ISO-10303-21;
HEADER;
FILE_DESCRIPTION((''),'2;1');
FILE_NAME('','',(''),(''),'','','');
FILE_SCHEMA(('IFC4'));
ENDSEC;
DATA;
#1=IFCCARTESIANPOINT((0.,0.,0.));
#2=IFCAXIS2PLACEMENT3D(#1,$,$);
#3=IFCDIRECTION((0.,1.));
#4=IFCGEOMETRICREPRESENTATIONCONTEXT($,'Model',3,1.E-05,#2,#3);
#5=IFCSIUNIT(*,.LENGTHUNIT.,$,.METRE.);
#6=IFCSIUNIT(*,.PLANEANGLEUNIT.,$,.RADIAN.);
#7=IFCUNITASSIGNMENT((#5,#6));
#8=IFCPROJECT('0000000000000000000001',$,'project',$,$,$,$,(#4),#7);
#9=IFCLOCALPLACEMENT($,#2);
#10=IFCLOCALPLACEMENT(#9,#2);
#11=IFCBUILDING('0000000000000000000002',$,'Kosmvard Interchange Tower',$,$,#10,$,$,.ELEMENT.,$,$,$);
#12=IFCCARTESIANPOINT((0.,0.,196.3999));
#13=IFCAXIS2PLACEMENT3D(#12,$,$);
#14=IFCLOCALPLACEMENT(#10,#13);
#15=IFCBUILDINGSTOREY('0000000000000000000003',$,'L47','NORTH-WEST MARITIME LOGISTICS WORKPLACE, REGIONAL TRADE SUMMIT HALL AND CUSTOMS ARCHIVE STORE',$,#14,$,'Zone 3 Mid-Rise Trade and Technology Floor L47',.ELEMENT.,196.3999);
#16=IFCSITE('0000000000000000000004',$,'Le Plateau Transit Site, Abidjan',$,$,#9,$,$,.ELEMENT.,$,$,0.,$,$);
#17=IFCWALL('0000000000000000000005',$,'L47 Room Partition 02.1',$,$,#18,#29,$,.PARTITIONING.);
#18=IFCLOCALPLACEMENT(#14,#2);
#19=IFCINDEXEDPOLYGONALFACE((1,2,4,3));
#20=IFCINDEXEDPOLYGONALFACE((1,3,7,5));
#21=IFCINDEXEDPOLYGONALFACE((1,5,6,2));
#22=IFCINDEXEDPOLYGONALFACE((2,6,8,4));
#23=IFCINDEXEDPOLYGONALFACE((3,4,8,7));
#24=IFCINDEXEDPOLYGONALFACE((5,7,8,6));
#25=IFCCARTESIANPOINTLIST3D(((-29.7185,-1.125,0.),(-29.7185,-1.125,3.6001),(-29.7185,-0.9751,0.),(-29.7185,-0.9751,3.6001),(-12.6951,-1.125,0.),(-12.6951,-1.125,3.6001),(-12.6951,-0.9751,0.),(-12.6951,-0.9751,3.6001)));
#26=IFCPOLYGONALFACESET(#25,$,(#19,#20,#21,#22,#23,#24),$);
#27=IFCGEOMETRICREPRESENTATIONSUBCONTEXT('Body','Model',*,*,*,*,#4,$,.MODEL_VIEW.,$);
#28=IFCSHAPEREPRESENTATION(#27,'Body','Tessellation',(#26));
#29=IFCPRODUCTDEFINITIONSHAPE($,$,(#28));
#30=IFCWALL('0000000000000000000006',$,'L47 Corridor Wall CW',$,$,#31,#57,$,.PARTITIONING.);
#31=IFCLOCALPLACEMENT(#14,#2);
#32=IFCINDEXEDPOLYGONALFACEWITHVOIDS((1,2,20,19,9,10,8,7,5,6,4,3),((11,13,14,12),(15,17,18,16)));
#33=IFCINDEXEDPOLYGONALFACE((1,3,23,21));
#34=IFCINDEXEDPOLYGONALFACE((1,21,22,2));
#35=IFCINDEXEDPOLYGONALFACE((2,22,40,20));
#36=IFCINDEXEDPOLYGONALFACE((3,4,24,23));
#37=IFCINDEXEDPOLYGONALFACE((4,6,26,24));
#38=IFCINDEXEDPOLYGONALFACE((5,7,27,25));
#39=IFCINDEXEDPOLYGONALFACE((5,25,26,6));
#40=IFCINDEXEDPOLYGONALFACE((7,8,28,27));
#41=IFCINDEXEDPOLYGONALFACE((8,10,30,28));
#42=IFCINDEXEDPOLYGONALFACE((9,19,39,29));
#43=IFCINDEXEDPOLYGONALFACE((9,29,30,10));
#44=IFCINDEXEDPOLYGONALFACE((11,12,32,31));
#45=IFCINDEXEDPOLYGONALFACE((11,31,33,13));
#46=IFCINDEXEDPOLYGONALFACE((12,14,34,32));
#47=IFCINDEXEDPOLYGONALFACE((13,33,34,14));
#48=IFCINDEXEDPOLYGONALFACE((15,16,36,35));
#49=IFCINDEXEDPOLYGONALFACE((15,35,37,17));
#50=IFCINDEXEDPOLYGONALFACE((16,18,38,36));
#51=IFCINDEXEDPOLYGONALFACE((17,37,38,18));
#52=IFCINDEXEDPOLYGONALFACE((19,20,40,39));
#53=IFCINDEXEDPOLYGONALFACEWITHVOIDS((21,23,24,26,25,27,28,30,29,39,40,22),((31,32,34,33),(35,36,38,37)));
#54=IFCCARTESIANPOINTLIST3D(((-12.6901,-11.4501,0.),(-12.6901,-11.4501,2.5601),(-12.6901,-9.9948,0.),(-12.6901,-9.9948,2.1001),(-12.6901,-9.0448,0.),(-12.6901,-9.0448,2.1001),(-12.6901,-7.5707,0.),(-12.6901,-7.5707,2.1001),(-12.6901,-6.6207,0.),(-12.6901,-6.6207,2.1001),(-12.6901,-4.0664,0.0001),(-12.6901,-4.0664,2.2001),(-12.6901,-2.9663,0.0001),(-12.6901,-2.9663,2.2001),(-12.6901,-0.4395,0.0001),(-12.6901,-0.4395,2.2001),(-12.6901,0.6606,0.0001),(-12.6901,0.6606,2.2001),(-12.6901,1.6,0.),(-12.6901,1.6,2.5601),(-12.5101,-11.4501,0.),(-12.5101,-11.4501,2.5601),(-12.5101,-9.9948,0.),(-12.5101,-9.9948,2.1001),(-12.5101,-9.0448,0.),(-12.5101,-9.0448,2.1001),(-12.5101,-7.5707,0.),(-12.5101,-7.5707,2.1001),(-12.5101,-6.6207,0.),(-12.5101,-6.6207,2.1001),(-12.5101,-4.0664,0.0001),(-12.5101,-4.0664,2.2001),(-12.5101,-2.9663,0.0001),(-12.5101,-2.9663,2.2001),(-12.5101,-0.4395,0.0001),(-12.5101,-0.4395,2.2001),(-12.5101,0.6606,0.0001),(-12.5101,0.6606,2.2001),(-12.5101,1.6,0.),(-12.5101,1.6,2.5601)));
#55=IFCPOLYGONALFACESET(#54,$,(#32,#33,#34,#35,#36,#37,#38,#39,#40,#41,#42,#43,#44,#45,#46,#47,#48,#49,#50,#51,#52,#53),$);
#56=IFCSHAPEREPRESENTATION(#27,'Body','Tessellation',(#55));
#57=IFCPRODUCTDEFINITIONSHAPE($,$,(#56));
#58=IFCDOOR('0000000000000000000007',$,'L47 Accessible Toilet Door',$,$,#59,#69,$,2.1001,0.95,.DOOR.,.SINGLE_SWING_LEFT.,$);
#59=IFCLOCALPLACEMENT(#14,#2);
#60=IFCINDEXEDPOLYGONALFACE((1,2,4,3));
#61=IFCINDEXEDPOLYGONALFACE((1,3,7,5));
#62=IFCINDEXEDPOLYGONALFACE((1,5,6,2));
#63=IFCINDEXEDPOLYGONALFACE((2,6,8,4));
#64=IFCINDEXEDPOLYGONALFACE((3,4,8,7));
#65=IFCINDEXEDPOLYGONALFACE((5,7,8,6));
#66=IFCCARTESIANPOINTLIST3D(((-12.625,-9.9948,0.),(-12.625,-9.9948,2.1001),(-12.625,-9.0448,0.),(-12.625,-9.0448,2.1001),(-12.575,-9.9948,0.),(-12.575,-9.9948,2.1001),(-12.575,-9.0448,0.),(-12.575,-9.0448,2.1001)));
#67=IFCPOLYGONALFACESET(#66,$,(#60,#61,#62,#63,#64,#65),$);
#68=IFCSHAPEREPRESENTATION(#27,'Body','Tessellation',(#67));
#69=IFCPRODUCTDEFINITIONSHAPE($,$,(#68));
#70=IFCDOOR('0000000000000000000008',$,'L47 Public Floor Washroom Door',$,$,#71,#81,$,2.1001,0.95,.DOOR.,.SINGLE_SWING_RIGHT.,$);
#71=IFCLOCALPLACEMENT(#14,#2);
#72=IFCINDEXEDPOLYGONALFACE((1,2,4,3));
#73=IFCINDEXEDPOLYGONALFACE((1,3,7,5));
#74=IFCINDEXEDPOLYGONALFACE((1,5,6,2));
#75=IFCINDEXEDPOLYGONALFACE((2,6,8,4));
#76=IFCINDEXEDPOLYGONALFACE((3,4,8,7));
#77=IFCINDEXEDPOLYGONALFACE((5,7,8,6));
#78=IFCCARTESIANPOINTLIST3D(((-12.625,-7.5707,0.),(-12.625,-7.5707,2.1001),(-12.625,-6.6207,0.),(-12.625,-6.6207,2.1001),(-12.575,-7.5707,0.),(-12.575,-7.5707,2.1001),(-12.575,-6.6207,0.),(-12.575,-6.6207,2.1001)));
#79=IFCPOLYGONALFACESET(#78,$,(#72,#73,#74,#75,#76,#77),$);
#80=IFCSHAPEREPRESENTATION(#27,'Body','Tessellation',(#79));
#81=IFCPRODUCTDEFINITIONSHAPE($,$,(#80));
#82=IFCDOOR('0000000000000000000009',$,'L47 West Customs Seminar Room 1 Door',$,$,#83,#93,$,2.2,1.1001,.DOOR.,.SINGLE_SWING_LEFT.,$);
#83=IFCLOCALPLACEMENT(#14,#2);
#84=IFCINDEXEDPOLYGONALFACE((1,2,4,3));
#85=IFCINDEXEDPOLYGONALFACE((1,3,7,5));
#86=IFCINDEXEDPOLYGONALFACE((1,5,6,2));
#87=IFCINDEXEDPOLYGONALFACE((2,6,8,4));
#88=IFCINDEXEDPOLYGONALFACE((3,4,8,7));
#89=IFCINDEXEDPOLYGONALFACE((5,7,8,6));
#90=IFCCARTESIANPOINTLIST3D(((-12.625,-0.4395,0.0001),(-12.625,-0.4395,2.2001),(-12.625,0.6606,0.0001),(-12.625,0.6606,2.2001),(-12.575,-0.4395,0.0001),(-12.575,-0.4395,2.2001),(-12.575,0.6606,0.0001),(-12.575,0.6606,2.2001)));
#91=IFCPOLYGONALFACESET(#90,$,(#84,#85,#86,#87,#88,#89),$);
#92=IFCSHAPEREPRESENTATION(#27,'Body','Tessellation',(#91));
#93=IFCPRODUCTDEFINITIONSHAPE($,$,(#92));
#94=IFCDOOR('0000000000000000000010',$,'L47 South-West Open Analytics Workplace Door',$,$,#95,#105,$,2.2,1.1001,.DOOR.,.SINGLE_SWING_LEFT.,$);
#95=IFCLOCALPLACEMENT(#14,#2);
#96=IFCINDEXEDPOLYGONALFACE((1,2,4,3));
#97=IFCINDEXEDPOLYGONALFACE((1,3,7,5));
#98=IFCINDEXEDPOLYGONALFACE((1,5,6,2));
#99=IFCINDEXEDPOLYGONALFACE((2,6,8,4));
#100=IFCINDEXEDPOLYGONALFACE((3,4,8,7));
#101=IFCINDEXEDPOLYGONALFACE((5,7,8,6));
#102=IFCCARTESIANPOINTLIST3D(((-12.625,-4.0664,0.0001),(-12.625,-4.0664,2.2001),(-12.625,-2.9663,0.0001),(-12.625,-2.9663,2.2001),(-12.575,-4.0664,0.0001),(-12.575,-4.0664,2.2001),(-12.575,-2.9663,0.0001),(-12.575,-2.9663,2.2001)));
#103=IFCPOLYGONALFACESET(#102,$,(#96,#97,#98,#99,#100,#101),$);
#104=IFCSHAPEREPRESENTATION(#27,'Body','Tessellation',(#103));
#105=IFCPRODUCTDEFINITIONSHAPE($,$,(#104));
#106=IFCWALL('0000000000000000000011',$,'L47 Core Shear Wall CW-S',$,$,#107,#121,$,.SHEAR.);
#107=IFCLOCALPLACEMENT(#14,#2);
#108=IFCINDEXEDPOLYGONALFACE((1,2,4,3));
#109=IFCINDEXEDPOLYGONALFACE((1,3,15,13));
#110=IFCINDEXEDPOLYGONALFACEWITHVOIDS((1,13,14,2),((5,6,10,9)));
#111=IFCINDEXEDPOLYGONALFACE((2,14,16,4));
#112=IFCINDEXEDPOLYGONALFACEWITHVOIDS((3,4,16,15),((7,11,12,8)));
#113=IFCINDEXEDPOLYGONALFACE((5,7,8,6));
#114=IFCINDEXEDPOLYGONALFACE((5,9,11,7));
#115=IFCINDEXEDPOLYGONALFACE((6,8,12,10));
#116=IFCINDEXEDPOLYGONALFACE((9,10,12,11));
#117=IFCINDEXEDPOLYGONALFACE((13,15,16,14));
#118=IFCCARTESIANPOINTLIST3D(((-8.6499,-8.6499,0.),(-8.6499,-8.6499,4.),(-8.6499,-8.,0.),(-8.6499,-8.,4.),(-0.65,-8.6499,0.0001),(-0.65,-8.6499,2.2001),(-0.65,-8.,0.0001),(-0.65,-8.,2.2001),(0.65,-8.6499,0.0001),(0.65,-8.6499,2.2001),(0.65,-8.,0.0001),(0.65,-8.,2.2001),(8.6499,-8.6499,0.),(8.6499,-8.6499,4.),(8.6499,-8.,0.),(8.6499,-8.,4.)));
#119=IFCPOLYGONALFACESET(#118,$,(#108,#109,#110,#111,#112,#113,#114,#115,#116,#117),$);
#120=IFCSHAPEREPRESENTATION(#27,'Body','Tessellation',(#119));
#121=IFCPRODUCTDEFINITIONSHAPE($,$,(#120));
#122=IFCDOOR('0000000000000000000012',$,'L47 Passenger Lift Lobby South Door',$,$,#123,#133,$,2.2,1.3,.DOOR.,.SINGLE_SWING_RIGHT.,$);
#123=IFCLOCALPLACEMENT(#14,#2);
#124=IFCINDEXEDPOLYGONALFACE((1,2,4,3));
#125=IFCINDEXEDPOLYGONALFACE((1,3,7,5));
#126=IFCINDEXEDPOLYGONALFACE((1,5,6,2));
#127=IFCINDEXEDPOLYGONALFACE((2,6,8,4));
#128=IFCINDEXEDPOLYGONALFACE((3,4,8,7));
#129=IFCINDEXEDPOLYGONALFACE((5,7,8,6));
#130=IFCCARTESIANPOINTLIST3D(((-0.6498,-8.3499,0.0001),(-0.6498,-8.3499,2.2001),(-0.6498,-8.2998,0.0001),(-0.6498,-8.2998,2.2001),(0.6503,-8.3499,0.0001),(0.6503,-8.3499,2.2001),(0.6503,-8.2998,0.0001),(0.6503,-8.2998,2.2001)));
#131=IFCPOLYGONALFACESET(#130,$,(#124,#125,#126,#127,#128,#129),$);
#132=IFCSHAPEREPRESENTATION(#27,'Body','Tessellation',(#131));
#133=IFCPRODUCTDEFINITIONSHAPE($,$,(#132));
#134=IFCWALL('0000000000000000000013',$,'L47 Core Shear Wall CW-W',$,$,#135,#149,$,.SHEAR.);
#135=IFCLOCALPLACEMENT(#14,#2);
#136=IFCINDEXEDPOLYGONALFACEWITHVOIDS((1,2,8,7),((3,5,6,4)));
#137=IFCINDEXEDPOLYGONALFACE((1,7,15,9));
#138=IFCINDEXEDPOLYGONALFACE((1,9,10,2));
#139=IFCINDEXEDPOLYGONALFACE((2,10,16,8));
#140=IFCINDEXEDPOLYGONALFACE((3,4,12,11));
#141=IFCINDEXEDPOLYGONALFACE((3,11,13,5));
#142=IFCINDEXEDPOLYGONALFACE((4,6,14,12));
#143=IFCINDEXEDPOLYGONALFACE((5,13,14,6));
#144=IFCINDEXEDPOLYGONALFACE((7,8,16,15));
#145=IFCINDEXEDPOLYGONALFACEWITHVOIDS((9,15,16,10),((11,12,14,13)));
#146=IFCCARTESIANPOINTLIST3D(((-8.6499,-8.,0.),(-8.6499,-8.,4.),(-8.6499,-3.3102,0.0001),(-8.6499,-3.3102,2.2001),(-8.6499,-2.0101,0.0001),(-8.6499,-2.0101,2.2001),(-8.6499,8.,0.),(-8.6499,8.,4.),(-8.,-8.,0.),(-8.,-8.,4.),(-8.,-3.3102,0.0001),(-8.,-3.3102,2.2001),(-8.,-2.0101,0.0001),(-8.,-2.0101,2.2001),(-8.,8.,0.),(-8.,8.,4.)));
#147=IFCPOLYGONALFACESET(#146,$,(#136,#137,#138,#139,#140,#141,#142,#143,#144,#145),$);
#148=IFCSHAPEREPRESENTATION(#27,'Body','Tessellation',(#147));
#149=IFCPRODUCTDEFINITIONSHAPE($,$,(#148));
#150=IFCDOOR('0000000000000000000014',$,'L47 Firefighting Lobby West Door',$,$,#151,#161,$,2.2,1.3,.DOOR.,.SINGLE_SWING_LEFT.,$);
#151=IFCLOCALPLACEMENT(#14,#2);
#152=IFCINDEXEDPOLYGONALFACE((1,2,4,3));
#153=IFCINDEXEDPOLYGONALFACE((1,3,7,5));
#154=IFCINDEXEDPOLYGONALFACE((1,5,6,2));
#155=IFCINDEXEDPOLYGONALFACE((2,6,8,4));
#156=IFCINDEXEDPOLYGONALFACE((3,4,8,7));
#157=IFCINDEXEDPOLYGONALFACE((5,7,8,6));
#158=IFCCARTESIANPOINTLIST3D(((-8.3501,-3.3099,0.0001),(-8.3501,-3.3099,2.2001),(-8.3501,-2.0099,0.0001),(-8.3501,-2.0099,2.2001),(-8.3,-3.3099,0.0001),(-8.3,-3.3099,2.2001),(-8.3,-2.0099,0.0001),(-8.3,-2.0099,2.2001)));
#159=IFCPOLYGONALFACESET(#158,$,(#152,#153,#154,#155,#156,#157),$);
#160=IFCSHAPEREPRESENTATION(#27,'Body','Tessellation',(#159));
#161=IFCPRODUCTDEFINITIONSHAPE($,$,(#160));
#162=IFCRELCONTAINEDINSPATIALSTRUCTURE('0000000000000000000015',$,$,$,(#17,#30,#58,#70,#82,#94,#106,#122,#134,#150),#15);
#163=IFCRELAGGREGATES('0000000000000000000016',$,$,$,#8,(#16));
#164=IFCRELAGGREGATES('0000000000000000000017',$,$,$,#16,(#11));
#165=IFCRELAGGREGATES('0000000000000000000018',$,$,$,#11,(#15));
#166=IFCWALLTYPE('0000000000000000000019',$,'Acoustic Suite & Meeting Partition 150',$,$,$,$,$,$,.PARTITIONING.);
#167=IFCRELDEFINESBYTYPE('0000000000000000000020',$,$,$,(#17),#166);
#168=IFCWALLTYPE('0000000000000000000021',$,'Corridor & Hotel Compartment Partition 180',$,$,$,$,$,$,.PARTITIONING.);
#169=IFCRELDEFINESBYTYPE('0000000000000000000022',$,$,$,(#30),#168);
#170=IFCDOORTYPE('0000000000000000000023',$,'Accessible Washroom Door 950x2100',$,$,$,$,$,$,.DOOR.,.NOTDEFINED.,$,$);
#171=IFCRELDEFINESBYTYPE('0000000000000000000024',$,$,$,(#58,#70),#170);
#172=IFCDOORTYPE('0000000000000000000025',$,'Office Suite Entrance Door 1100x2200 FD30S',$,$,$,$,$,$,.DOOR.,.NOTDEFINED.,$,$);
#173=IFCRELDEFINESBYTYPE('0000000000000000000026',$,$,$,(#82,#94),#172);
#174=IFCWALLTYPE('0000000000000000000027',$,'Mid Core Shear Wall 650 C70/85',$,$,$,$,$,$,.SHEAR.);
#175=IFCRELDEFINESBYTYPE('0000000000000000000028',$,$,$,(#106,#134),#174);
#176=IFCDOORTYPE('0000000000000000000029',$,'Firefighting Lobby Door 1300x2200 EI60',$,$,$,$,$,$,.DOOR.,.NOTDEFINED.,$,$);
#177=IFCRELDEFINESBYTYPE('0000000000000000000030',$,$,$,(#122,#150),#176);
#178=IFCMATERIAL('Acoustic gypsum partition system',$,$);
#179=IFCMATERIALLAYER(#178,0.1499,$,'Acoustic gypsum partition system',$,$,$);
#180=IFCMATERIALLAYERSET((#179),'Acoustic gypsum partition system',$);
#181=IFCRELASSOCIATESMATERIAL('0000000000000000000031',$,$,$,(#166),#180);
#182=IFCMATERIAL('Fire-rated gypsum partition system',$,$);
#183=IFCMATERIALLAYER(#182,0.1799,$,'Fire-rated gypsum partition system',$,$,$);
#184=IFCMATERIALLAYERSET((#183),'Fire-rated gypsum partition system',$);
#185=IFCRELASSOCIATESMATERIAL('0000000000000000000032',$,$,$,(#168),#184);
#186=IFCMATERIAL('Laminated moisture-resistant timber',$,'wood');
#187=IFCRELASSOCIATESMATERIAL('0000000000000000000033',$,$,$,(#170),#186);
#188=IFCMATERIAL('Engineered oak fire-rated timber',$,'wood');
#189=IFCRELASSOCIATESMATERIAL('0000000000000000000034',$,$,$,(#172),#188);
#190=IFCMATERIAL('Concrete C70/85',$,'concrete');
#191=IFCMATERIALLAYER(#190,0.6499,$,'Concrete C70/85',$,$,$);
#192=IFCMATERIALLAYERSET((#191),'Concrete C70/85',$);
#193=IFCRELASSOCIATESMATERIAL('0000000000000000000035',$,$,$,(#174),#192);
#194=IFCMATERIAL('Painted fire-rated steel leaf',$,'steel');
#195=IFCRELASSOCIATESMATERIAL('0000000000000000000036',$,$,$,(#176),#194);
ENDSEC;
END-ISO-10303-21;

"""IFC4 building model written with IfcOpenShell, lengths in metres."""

from ifc_helpers import new_model, si_unit, direction, frame, frame_2d, origin, place, context, subcontext, project, spatial, rectangle, extrude, source, transform, mapped, material, layer, layer_set, type_object, element, fill, save


model = new_model("IFC4")

# Units and contexts
model_context = context("Model", 3, precision=1e-05, world=origin(), true_north=direction((0.0, 1.0)))
body_context = subcontext(model_context, "Body", "Model", "MODEL_VIEW")
ifc_project = project(units=[si_unit("LENGTHUNIT", "METRE"), si_unit("PLANEANGLEUNIT", "RADIAN")], contexts=[model_context])

# Site, building, storey
site_placement = place(None, origin())
site = spatial("IfcSite", under=ifc_project, at=site_placement, Name="Le Plateau Transit Site, Abidjan", CompositionType="ELEMENT", RefElevation=0.0)
building_placement = place(site_placement, origin())
building = spatial("IfcBuilding", under=site, at=building_placement, Name="Kosmvard Interchange Tower", CompositionType="ELEMENT")
storey_placement = place(building_placement, frame((0.0, 0.0, 196.3999)))
storey = spatial("IfcBuildingStorey", under=building, at=storey_placement, Name="L47", Description="NORTH-WEST MARITIME LOGISTICS WORKPLACE, REGIONAL TRADE SUMMIT HALL AND CUSTOMS ARCHIVE STORE", LongName="Zone 3 Mid-Rise Trade and Technology Floor L47", CompositionType="ELEMENT", Elevation=196.3999)

# Wall
ifc_material_1 = material(Name="Acoustic gypsum partition system")
ifc_layer_1 = layer(ifc_material_1, 0.1499, Name="Acoustic gypsum partition system")
ifc_layer_set_1 = layer_set([ifc_layer_1], Name="Acoustic gypsum partition system")
wall_type_1 = type_object("IfcWallType", Name="Acoustic Suite & Meeting Partition 150", PredefinedType="PARTITIONING", material=ifc_layer_set_1)
wall_1_placement = place(storey_placement, frame((-29.7185, -1.05, 0.0), z_axis=(0.0, 0.0, 1.0), x_axis=(1.0, 0.0, 0.0)))
element("IfcWall", 1, at=wall_1_placement, inside=storey, type_object=wall_type_1, Name="L47 Room Partition 02.1", PredefinedType="PARTITIONING", context=body_context, shape_type="SweptSolid", body=[
    extrude(rectangle(XDim=17.0234, YDim=0.1499, at=frame_2d((8.5117, 0.0))), origin(), (0.0, 0.0, 1.0), 3.6001),
])

# Wall, openings, doors
ifc_material_2 = material(Name="Fire-rated gypsum partition system")
ifc_layer_2 = layer(ifc_material_2, 0.1799, Name="Fire-rated gypsum partition system")
ifc_layer_set_2 = layer_set([ifc_layer_2], Name="Fire-rated gypsum partition system")
wall_type_2 = type_object("IfcWallType", Name="Corridor & Hotel Compartment Partition 180", PredefinedType="PARTITIONING", material=ifc_layer_set_2)
wall_2_placement = place(storey_placement, frame((-12.6001, -11.45, 0.0), z_axis=(0.0, 0.0, 1.0), x_axis=(0.0, 1.0, 0.0)))
wall_2 = element("IfcWall", 2, at=wall_2_placement, inside=storey, type_object=wall_type_2, Name="L47 Corridor Wall CW", PredefinedType="PARTITIONING", context=body_context, shape_type="SweptSolid", body=[
    extrude(rectangle(XDim=13.05, YDim=0.1799, at=frame_2d((6.5249, 0.0))), origin(), (0.0, 0.0, 1.0), 2.5601),
])
opening_1_placement = place(wall_2_placement, frame((1.4551, 0.0, 0.0)))
opening_1 = element("IfcOpeningElement", 3, at=opening_1_placement, cuts=wall_2, PredefinedType="OPENING", context=body_context, shape_type="SweptSolid", body=[
    extrude(rectangle(XDim=0.95, YDim=2.1001, at=frame_2d((0.4751, 1.05))), frame((0.0, 0.1001, 0.0), z_axis=(0.0, -1.0, 0.0), x_axis=(1.0, 0.0, 0.0)), (0.0, 0.0, 1.0), 0.2),
])
opening_2_placement = place(wall_2_placement, frame((3.8792, 0.0, 0.0)))
opening_2 = element("IfcOpeningElement", 4, at=opening_2_placement, cuts=wall_2, PredefinedType="OPENING", context=body_context, shape_type="SweptSolid", body=[
    extrude(rectangle(XDim=0.95, YDim=2.1001, at=frame_2d((0.4751, 1.05))), frame((0.0, 0.1001, 0.0), z_axis=(0.0, -1.0, 0.0), x_axis=(1.0, 0.0, 0.0)), (0.0, 0.0, 1.0), 0.2),
])
opening_3_placement = place(wall_2_placement, frame((11.0105, 0.0, 0.0)))
opening_3 = element("IfcOpeningElement", 5, at=opening_3_placement, cuts=wall_2, PredefinedType="OPENING", context=body_context, shape_type="SweptSolid", body=[
    extrude(rectangle(XDim=1.1001, YDim=2.2, at=frame_2d((0.55, 1.1001))), frame((0.0, 0.1001, 0.0), z_axis=(0.0, -1.0, 0.0), x_axis=(1.0, 0.0, 0.0)), (0.0, 0.0, 1.0), 0.2),
])
opening_4_placement = place(wall_2_placement, frame((7.3835, 0.0, 0.0)))
opening_4 = element("IfcOpeningElement", 6, at=opening_4_placement, cuts=wall_2, PredefinedType="OPENING", context=body_context, shape_type="SweptSolid", body=[
    extrude(rectangle(XDim=1.1001, YDim=2.2, at=frame_2d((0.55, 1.1001))), frame((0.0, 0.1001, 0.0), z_axis=(0.0, -1.0, 0.0), x_axis=(1.0, 0.0, 0.0)), (0.0, 0.0, 1.0), 0.2),
])
ifc_material_3 = material(Name="Laminated moisture-resistant timber", Category="wood")
door_type_1 = type_object("IfcDoorType", Name="Accessible Washroom Door 950x2100", OperationType="NOTDEFINED", PredefinedType="DOOR", material=ifc_material_3)
shared_shape_1 = source(origin(), body_context, "Body", "SweptSolid", [
    extrude(rectangle(XDim=0.95, YDim=2.1001, at=frame_2d((0.4751, 1.05))), frame((0.0, 0.0249, 0.0), z_axis=(0.0, -1.0, 0.0), x_axis=(1.0, 0.0, 0.0)), (0.0, 0.0, 1.0), 0.05),
])
door_1_placement = place(opening_1_placement, origin())
door_1 = element("IfcDoor", 7, at=door_1_placement, inside=storey, type_object=door_type_1, Name="L47 Accessible Toilet Door", OperationType="SINGLE_SWING_LEFT", OverallHeight=2.1001, OverallWidth=0.95, PredefinedType="DOOR", context=body_context, shape_type="MappedRepresentation", body=[
    mapped(shared_shape_1, transform((0.0, 0.0, 0.0), scale=1.0)),
])
fill(opening_1, door_1)
door_2_placement = place(opening_2_placement, origin())
door_2 = element("IfcDoor", 8, at=door_2_placement, inside=storey, type_object=door_type_1, Name="L47 Public Floor Washroom Door", OperationType="SINGLE_SWING_RIGHT", OverallHeight=2.1001, OverallWidth=0.95, PredefinedType="DOOR", context=body_context, shape_type="MappedRepresentation", body=[
    mapped(shared_shape_1, transform((0.0, 0.0, 0.0), scale=1.0)),
])
fill(opening_2, door_2)
ifc_material_4 = material(Name="Engineered oak fire-rated timber", Category="wood")
door_type_2 = type_object("IfcDoorType", Name="Office Suite Entrance Door 1100x2200 FD30S", OperationType="NOTDEFINED", PredefinedType="DOOR", material=ifc_material_4)
shared_shape_2 = source(origin(), body_context, "Body", "SweptSolid", [
    extrude(rectangle(XDim=1.1001, YDim=2.2, at=frame_2d((0.55, 1.1001))), frame((0.0, 0.0249, 0.0), z_axis=(0.0, -1.0, 0.0), x_axis=(1.0, 0.0, 0.0)), (0.0, 0.0, 1.0), 0.05),
])
door_3_placement = place(opening_3_placement, origin())
door_3 = element("IfcDoor", 9, at=door_3_placement, inside=storey, type_object=door_type_2, Name="L47 West Customs Seminar Room 1 Door", OperationType="SINGLE_SWING_LEFT", OverallHeight=2.2, OverallWidth=1.1001, PredefinedType="DOOR", context=body_context, shape_type="MappedRepresentation", body=[
    mapped(shared_shape_2, transform((0.0, 0.0, 0.0), scale=1.0)),
])
fill(opening_3, door_3)
door_4_placement = place(opening_4_placement, origin())
door_4 = element("IfcDoor", 10, at=door_4_placement, inside=storey, type_object=door_type_2, Name="L47 South-West Open Analytics Workplace Door", OperationType="SINGLE_SWING_LEFT", OverallHeight=2.2, OverallWidth=1.1001, PredefinedType="DOOR", context=body_context, shape_type="MappedRepresentation", body=[
    mapped(shared_shape_2, transform((0.0, 0.0, 0.0), scale=1.0)),
])
fill(opening_4, door_4)

# Walls, openings, doors
ifc_material_5 = material(Name="Concrete C70/85", Category="concrete")
ifc_layer_3 = layer(ifc_material_5, 0.6499, Name="Concrete C70/85")
ifc_layer_set_3 = layer_set([ifc_layer_3], Name="Concrete C70/85")
wall_type_3 = type_object("IfcWallType", Name="Mid Core Shear Wall 650 C70/85", PredefinedType="SHEAR", material=ifc_layer_set_3)
wall_3_placement = place(storey_placement, frame((-8.6499, -8.325, 0.0), z_axis=(0.0, 0.0, 1.0), x_axis=(1.0, 0.0, 0.0)))
wall_3 = element("IfcWall", 11, at=wall_3_placement, inside=storey, type_object=wall_type_3, Name="L47 Core Shear Wall CW-S", PredefinedType="SHEAR", context=body_context, shape_type="SweptSolid", body=[
    extrude(rectangle(XDim=17.2998, YDim=0.6499, at=frame_2d((8.6499, 0.0))), origin(), (0.0, 0.0, 1.0), 4.0),
])
opening_5_placement = place(wall_3_placement, frame((8.0, 0.0, 0.0)))
opening_5 = element("IfcOpeningElement", 12, at=opening_5_placement, cuts=wall_3, PredefinedType="OPENING", context=body_context, shape_type="SweptSolid", body=[
    extrude(rectangle(XDim=1.3, YDim=2.2, at=frame_2d((0.6499, 1.1001))), frame((0.0, 0.335, 0.0), z_axis=(0.0, -1.0, 0.0), x_axis=(1.0, 0.0, 0.0)), (0.0, 0.0, 1.0), 0.6699),
])
ifc_material_6 = material(Name="Painted fire-rated steel leaf", Category="steel")
door_type_3 = type_object("IfcDoorType", Name="Firefighting Lobby Door 1300x2200 EI60", OperationType="NOTDEFINED", PredefinedType="DOOR", material=ifc_material_6)
shared_shape_3 = source(origin(), body_context, "Body", "SweptSolid", [
    extrude(rectangle(XDim=1.3, YDim=2.2, at=frame_2d((0.6499, 1.1001))), frame((0.0, 0.0249, 0.0), z_axis=(0.0, -1.0, 0.0), x_axis=(1.0, 0.0, 0.0)), (0.0, 0.0, 1.0), 0.05),
])
door_5_placement = place(opening_5_placement, frame((1.3, 0.0, 0.0), z_axis=(0.0, 0.0, 1.0), x_axis=(-1.0, 0.0, 0.0)))
door_5 = element("IfcDoor", 13, at=door_5_placement, inside=storey, type_object=door_type_3, Name="L47 Passenger Lift Lobby South Door", OperationType="SINGLE_SWING_RIGHT", OverallHeight=2.2, OverallWidth=1.3, PredefinedType="DOOR", context=body_context, shape_type="MappedRepresentation", body=[
    mapped(shared_shape_3, transform((0.0, 0.0, 0.0), scale=1.0)),
])
fill(opening_5, door_5)
wall_4_placement = place(storey_placement, frame((-8.325, -8.0, 0.0), z_axis=(0.0, 0.0, 1.0), x_axis=(0.0, 1.0, 0.0)))
wall_4 = element("IfcWall", 14, at=wall_4_placement, inside=storey, type_object=wall_type_3, Name="L47 Core Shear Wall CW-W", PredefinedType="SHEAR", context=body_context, shape_type="SweptSolid", body=[
    extrude(rectangle(XDim=16.0, YDim=0.6499, at=frame_2d((8.0, 0.0))), origin(), (0.0, 0.0, 1.0), 4.0),
])
opening_6_placement = place(wall_4_placement, frame((4.6899, 0.0, 0.0)))
opening_6 = element("IfcOpeningElement", 15, at=opening_6_placement, cuts=wall_4, PredefinedType="OPENING", context=body_context, shape_type="SweptSolid", body=[
    extrude(rectangle(XDim=1.3, YDim=2.2, at=frame_2d((0.6499, 1.1001))), frame((0.0, 0.335, 0.0), z_axis=(0.0, -1.0, 0.0), x_axis=(1.0, 0.0, 0.0)), (0.0, 0.0, 1.0), 0.6699),
])
door_6_placement = place(opening_6_placement, frame((1.3, 0.0, 0.0), z_axis=(0.0, 0.0, 1.0), x_axis=(-1.0, 0.0, 0.0)))
door_6 = element("IfcDoor", 16, at=door_6_placement, inside=storey, type_object=door_type_3, Name="L47 Firefighting Lobby West Door", OperationType="SINGLE_SWING_LEFT", OverallHeight=2.2, OverallWidth=1.3, PredefinedType="DOOR", context=body_context, shape_type="MappedRepresentation", body=[
    mapped(shared_shape_3, transform((0.0, 0.0, 0.0), scale=1.0)),
])
fill(opening_6, door_6)

save(model, "model.ifc")
